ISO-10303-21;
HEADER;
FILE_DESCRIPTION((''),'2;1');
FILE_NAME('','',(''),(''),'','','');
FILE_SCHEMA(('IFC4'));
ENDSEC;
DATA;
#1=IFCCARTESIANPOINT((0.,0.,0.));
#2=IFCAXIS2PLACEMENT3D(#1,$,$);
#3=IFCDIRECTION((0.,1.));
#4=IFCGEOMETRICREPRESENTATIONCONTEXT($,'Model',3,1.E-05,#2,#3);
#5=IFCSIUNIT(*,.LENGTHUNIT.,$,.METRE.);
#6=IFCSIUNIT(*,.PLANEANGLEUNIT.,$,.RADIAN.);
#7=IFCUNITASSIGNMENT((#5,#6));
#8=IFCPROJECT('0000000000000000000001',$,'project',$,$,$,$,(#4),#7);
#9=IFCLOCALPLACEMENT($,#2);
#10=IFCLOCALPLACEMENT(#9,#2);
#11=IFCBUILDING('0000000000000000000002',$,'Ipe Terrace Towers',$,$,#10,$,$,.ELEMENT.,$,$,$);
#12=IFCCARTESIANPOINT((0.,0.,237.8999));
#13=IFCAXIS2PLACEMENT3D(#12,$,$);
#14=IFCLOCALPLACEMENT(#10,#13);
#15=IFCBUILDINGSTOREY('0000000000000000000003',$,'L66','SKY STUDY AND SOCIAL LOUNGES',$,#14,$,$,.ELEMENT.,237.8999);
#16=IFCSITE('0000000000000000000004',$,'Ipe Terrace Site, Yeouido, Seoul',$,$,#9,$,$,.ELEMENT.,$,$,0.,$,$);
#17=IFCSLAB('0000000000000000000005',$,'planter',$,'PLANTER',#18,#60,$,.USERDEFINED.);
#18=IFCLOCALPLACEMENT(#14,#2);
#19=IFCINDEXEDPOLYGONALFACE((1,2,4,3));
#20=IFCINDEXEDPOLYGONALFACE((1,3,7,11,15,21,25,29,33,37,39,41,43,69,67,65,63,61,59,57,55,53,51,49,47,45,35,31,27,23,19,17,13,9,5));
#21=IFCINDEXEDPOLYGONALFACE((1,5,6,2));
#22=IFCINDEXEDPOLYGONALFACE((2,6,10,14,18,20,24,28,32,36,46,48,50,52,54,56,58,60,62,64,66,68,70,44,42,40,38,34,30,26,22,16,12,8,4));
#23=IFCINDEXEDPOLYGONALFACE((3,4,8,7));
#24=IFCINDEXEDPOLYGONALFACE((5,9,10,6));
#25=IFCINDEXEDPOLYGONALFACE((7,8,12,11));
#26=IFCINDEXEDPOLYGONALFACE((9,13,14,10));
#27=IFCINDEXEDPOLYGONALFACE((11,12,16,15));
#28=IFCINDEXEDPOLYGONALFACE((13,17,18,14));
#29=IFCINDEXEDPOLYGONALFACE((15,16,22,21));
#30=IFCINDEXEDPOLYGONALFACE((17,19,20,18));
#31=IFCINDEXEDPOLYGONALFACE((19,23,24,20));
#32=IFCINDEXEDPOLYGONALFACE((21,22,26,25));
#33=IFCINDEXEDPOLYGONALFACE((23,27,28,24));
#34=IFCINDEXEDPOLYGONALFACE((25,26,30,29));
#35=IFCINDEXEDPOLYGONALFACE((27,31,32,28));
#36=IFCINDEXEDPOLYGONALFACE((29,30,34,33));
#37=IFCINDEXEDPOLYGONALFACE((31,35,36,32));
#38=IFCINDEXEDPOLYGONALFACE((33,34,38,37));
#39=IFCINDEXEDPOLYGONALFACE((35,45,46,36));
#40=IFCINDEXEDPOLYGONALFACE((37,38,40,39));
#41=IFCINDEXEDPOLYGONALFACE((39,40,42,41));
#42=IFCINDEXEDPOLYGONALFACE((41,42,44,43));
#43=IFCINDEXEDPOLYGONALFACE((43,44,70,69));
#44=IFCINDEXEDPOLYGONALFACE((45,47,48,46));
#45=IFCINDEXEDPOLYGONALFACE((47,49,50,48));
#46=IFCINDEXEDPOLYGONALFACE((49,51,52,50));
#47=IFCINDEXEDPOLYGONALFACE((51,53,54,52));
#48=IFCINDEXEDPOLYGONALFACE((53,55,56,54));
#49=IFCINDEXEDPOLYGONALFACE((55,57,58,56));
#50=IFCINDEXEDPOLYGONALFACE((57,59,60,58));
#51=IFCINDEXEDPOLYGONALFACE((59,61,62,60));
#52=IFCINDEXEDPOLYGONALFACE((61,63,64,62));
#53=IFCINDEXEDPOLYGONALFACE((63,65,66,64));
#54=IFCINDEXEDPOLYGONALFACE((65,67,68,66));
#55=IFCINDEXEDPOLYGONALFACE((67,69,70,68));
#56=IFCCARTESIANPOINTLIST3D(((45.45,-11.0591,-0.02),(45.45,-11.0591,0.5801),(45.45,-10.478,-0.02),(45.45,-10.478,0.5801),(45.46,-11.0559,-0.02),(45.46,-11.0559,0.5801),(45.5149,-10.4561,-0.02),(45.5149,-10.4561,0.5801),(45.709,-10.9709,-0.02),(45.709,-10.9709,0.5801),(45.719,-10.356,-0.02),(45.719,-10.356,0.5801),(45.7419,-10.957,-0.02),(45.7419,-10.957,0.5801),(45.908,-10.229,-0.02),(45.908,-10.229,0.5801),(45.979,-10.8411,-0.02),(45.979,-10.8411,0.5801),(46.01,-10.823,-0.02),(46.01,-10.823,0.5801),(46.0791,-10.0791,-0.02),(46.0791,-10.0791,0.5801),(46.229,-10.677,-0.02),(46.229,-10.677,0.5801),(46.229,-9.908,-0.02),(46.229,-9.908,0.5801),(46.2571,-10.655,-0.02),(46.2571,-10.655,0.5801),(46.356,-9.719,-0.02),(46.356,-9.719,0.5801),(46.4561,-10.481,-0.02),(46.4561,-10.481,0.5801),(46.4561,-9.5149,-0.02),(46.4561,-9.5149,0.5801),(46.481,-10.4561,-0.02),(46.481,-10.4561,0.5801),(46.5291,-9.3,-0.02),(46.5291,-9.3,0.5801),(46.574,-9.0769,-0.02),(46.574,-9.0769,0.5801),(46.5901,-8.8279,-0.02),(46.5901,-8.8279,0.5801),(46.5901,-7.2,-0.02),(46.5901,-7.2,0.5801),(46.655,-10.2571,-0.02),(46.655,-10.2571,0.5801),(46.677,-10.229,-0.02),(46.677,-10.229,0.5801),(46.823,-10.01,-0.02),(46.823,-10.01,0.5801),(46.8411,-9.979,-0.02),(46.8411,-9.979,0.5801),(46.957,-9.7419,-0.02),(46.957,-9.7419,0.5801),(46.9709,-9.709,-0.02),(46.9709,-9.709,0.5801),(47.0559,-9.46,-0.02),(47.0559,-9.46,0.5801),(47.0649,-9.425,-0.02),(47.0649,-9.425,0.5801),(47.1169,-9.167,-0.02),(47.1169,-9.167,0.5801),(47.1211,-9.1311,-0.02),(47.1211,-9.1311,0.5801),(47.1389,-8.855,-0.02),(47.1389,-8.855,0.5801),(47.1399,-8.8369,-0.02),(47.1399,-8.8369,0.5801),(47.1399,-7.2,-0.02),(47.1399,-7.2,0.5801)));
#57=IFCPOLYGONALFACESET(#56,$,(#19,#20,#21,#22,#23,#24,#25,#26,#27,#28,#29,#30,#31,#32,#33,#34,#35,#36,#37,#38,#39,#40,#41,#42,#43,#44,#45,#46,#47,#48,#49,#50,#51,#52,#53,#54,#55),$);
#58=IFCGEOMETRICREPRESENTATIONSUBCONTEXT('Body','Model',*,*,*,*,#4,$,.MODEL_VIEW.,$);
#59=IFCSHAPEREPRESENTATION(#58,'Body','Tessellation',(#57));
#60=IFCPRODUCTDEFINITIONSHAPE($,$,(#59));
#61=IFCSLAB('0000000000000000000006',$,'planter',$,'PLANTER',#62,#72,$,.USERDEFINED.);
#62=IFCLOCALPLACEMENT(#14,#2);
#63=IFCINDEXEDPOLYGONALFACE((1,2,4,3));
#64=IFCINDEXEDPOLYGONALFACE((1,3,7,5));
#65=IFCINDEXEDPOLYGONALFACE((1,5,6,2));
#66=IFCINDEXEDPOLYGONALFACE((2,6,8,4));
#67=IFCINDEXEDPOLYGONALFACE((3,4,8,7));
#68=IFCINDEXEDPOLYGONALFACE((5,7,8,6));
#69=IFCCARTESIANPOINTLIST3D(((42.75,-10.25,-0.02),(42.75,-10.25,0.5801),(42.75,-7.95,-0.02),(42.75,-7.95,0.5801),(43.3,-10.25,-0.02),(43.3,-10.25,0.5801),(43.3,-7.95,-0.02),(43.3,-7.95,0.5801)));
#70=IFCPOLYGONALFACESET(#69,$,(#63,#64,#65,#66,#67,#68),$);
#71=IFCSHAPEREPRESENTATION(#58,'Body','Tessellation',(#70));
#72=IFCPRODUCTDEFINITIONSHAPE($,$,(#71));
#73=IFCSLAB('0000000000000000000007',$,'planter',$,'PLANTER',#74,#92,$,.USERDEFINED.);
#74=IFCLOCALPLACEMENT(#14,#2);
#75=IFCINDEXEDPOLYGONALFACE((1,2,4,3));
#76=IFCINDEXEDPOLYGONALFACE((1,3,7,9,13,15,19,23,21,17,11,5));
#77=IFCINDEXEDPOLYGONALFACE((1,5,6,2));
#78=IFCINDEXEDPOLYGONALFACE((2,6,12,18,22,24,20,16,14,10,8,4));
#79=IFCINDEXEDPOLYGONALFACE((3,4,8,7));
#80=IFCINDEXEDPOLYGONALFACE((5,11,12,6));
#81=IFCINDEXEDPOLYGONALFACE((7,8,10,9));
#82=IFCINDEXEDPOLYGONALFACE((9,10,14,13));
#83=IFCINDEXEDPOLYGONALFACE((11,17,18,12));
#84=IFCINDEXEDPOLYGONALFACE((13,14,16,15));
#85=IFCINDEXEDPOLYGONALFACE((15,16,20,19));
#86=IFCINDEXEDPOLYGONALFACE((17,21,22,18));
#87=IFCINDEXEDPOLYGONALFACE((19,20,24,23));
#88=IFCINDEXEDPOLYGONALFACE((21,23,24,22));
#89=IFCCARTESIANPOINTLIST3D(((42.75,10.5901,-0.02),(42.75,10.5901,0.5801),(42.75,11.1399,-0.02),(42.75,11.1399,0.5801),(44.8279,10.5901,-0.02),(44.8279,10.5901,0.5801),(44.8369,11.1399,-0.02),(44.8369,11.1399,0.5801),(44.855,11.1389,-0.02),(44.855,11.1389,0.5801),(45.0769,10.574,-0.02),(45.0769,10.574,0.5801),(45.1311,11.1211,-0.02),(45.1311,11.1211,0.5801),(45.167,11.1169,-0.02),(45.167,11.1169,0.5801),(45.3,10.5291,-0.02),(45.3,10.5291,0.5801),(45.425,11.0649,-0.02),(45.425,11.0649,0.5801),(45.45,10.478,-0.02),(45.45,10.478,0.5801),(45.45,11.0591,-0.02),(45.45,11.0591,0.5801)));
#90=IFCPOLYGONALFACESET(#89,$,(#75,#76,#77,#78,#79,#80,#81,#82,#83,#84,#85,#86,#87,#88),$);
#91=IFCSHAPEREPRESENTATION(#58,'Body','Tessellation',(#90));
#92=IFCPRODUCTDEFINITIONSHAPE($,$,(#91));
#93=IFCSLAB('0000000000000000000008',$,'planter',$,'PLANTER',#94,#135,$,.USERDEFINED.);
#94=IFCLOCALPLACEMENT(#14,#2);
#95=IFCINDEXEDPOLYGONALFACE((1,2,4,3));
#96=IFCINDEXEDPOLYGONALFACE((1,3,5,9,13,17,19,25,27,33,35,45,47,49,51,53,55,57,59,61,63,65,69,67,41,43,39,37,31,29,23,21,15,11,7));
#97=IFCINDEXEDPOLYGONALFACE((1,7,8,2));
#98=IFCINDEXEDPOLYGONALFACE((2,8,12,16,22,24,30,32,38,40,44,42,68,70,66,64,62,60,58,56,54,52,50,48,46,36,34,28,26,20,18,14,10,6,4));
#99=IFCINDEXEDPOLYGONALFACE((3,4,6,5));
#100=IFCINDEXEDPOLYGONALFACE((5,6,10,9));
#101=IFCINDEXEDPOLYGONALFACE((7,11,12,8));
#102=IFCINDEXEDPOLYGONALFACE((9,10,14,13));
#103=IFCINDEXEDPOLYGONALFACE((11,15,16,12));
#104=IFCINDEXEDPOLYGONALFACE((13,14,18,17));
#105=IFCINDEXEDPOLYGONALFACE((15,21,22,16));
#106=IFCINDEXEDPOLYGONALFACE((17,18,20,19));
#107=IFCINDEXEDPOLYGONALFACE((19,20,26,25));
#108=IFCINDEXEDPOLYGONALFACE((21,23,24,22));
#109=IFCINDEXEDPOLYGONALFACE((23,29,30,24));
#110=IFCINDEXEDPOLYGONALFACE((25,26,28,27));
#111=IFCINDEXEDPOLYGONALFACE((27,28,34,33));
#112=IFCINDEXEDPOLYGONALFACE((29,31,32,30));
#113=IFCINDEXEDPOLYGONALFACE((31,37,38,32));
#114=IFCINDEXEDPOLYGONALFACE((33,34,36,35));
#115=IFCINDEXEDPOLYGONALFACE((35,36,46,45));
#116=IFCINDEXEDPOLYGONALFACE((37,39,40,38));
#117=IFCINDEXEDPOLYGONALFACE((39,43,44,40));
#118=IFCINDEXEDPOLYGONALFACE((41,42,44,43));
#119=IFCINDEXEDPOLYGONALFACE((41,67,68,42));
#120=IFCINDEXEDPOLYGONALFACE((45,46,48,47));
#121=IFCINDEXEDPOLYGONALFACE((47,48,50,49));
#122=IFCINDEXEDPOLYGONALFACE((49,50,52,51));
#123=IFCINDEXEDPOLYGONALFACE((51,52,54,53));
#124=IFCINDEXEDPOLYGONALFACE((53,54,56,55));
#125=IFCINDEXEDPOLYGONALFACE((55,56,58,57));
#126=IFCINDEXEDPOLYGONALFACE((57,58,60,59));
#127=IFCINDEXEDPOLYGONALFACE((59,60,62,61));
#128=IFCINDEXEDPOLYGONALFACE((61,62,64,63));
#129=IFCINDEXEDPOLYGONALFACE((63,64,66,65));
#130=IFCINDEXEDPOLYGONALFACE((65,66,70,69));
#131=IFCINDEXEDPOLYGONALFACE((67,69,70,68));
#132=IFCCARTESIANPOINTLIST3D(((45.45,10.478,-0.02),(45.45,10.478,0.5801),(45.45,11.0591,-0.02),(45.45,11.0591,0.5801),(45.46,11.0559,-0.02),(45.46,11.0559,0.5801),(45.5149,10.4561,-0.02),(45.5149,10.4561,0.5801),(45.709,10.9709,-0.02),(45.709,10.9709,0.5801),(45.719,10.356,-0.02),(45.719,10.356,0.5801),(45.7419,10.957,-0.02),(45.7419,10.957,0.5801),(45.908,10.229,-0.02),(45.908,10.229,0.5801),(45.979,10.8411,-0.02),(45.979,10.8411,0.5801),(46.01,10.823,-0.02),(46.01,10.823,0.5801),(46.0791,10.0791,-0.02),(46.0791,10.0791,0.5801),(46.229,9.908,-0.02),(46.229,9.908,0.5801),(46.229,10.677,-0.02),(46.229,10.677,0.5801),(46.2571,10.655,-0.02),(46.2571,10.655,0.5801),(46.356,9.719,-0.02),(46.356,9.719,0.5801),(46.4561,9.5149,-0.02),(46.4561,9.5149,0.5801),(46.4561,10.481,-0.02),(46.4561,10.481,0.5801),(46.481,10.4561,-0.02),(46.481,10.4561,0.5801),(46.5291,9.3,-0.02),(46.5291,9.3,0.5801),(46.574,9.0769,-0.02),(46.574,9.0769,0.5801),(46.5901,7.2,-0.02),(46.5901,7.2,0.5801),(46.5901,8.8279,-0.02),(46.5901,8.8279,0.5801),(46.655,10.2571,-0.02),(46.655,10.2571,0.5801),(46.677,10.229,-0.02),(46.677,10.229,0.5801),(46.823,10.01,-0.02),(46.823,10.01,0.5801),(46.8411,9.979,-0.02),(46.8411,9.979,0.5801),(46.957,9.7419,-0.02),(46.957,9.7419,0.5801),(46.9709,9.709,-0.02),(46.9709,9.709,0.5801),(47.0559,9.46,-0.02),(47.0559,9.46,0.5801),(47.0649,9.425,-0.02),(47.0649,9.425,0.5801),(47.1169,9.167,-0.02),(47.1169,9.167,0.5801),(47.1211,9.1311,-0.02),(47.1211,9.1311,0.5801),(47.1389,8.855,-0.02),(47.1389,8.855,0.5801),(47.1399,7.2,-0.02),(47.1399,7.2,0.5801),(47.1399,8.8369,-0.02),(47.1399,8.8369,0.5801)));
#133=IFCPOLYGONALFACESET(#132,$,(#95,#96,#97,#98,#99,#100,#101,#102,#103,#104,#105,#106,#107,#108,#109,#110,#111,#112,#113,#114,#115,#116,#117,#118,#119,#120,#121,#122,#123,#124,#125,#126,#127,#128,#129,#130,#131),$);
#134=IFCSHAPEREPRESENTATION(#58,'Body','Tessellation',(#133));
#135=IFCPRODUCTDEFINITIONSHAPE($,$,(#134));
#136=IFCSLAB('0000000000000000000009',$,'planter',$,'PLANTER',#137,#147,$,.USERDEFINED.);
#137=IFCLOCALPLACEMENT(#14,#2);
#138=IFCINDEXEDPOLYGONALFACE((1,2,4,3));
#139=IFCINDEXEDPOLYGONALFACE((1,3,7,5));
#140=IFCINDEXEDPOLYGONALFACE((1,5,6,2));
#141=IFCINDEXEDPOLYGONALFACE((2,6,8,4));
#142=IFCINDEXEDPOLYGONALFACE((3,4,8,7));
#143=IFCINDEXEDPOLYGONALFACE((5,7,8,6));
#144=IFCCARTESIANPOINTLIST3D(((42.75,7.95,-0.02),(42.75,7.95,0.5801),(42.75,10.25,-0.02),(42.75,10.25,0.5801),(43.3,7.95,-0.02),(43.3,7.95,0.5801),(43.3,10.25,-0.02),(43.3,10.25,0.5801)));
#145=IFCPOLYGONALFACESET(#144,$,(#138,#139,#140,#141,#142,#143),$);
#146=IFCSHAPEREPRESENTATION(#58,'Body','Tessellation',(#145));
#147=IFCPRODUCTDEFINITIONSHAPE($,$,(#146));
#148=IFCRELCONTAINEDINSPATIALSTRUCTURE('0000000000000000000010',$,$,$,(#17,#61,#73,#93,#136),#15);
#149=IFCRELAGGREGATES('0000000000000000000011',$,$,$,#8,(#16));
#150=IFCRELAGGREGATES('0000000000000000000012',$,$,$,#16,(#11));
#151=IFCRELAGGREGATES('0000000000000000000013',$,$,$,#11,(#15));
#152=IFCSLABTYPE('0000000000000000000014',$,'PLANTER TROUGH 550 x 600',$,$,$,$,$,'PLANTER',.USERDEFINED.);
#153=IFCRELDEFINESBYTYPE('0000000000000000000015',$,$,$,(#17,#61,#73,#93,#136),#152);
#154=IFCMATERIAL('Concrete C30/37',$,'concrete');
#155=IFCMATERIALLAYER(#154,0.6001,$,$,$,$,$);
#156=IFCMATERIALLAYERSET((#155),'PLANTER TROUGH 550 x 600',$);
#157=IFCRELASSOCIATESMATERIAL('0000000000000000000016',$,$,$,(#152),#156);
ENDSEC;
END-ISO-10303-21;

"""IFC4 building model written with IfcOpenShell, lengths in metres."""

from ifc_helpers import new_model, si_unit, direction, frame, origin, place, context, subcontext, project, spatial, polyline, outline, extrude, material, layer, layer_set, type_object, element, save


model = new_model("IFC4")

# Units and contexts
model_context = context("Model", 3, precision=1e-05, world=origin(), true_north=direction((0.0, 1.0)))
body_context = subcontext(model_context, "Body", "Model", "MODEL_VIEW")
ifc_project = project(units=[si_unit("LENGTHUNIT", "METRE"), si_unit("PLANEANGLEUNIT", "RADIAN")], contexts=[model_context])

# Site, building, storey
site_placement = place(None, origin())
site = spatial("IfcSite", under=ifc_project, at=site_placement, Name="Ipe Terrace Site, Yeouido, Seoul", CompositionType="ELEMENT", RefElevation=0.0)
building_placement = place(site_placement, origin())
building = spatial("IfcBuilding", under=site, at=building_placement, Name="Ipe Terrace Towers", CompositionType="ELEMENT")
storey_placement = place(building_placement, frame((0.0, 0.0, 237.8999)))
storey = spatial("IfcBuildingStorey", under=building, at=storey_placement, Name="L66", Description="SKY STUDY AND SOCIAL LOUNGES", CompositionType="ELEMENT", Elevation=237.8999)

# Slabs
ifc_material_1 = material(Name="Concrete C30/37", Category="concrete")
ifc_layer_1 = layer(ifc_material_1, 0.6001)
ifc_layer_set_1 = layer_set([ifc_layer_1], Name="PLANTER TROUGH 550 x 600")
slab_type_1 = type_object("IfcSlabType", Name="PLANTER TROUGH 550 x 600", ElementType="PLANTER", PredefinedType="USERDEFINED", material=ifc_layer_set_1)
slab_1_placement = place(storey_placement, frame((0.0, 0.0, -0.02)))
element("IfcSlab", 1, at=slab_1_placement, inside=storey, type_object=slab_type_1, Name="planter", ObjectType="PLANTER", PredefinedType="USERDEFINED", context=body_context, shape_type="SweptSolid", body=[
    extrude(outline(polyline([(45.5149, -10.4561), (45.45, -10.478), (45.45, -11.0591), (45.46, -11.0559), (45.709, -10.9709), (45.7419, -10.957), (45.979, -10.8411), (46.01, -10.823), (46.229, -10.677), (46.2571, -10.655), (46.4561, -10.481), (46.481, -10.4561), (46.655, -10.2571), (46.677, -10.229), (46.823, -10.01), (46.8411, -9.979), (46.957, -9.7419), (46.9709, -9.709), (47.0559, -9.46), (47.0649, -9.425), (47.1169, -9.167), (47.1211, -9.1311), (47.1389, -8.855), (47.1399, -8.8369), (47.1399, -7.2), (46.5901, -7.2), (46.5901, -8.8279), (46.574, -9.0769), (46.5291, -9.3), (46.4561, -9.5149), (46.356, -9.719), (46.229, -9.908), (46.0791, -10.0791), (45.908, -10.229), (45.719, -10.356), (45.5149, -10.4561)])), origin(), (0.0, 0.0, 1.0), 0.6001),
])
slab_2_placement = place(storey_placement, frame((0.0, 0.0, -0.02)))
element("IfcSlab", 2, at=slab_2_placement, inside=storey, type_object=slab_type_1, Name="planter", ObjectType="PLANTER", PredefinedType="USERDEFINED", context=body_context, shape_type="SweptSolid", body=[
    extrude(outline(polyline([(42.75, -7.95), (42.75, -10.25), (43.3, -10.25), (43.3, -7.95), (42.75, -7.95)])), origin(), (0.0, 0.0, 1.0), 0.6001),
])
slab_3_placement = place(storey_placement, frame((0.0, 0.0, -0.02)))
element("IfcSlab", 3, at=slab_3_placement, inside=storey, type_object=slab_type_1, Name="planter", ObjectType="PLANTER", PredefinedType="USERDEFINED", context=body_context, shape_type="SweptSolid", body=[
    extrude(outline(polyline([(45.3, 10.5291), (45.45, 10.478), (45.45, 11.0591), (45.425, 11.0649), (45.167, 11.1169), (45.1311, 11.1211), (44.855, 11.1389), (44.8369, 11.1399), (42.75, 11.1399), (42.75, 10.5901), (44.8279, 10.5901), (45.0769, 10.574), (45.3, 10.5291)])), origin(), (0.0, 0.0, 1.0), 0.6001),
])
slab_4_placement = place(storey_placement, frame((0.0, 0.0, -0.02)))
element("IfcSlab", 4, at=slab_4_placement, inside=storey, type_object=slab_type_1, Name="planter", ObjectType="PLANTER", PredefinedType="USERDEFINED", context=body_context, shape_type="SweptSolid", body=[
    extrude(outline(polyline([(45.5149, 10.4561), (45.719, 10.356), (45.908, 10.229), (46.0791, 10.0791), (46.229, 9.908), (46.356, 9.719), (46.4561, 9.5149), (46.5291, 9.3), (46.574, 9.0769), (46.5901, 8.8279), (46.5901, 7.2), (47.1399, 7.2), (47.1399, 8.8369), (47.1389, 8.855), (47.1211, 9.1311), (47.1169, 9.167), (47.0649, 9.425), (47.0559, 9.46), (46.9709, 9.709), (46.957, 9.7419), (46.8411, 9.979), (46.823, 10.01), (46.677, 10.229), (46.655, 10.2571), (46.481, 10.4561), (46.4561, 10.481), (46.2571, 10.655), (46.229, 10.677), (46.01, 10.823), (45.979, 10.8411), (45.7419, 10.957), (45.709, 10.9709), (45.46, 11.0559), (45.45, 11.0591), (45.45, 10.478), (45.5149, 10.4561)])), origin(), (0.0, 0.0, 1.0), 0.6001),
])
slab_5_placement = place(storey_placement, frame((0.0, 0.0, -0.02)))
element("IfcSlab", 5, at=slab_5_placement, inside=storey, type_object=slab_type_1, Name="planter", ObjectType="PLANTER", PredefinedType="USERDEFINED", context=body_context, shape_type="SweptSolid", body=[
    extrude(outline(polyline([(42.75, 7.95), (43.3, 7.95), (43.3, 10.25), (42.75, 10.25), (42.75, 7.95)])), origin(), (0.0, 0.0, 1.0), 0.6001),
])

save(model, "model.ifc")
